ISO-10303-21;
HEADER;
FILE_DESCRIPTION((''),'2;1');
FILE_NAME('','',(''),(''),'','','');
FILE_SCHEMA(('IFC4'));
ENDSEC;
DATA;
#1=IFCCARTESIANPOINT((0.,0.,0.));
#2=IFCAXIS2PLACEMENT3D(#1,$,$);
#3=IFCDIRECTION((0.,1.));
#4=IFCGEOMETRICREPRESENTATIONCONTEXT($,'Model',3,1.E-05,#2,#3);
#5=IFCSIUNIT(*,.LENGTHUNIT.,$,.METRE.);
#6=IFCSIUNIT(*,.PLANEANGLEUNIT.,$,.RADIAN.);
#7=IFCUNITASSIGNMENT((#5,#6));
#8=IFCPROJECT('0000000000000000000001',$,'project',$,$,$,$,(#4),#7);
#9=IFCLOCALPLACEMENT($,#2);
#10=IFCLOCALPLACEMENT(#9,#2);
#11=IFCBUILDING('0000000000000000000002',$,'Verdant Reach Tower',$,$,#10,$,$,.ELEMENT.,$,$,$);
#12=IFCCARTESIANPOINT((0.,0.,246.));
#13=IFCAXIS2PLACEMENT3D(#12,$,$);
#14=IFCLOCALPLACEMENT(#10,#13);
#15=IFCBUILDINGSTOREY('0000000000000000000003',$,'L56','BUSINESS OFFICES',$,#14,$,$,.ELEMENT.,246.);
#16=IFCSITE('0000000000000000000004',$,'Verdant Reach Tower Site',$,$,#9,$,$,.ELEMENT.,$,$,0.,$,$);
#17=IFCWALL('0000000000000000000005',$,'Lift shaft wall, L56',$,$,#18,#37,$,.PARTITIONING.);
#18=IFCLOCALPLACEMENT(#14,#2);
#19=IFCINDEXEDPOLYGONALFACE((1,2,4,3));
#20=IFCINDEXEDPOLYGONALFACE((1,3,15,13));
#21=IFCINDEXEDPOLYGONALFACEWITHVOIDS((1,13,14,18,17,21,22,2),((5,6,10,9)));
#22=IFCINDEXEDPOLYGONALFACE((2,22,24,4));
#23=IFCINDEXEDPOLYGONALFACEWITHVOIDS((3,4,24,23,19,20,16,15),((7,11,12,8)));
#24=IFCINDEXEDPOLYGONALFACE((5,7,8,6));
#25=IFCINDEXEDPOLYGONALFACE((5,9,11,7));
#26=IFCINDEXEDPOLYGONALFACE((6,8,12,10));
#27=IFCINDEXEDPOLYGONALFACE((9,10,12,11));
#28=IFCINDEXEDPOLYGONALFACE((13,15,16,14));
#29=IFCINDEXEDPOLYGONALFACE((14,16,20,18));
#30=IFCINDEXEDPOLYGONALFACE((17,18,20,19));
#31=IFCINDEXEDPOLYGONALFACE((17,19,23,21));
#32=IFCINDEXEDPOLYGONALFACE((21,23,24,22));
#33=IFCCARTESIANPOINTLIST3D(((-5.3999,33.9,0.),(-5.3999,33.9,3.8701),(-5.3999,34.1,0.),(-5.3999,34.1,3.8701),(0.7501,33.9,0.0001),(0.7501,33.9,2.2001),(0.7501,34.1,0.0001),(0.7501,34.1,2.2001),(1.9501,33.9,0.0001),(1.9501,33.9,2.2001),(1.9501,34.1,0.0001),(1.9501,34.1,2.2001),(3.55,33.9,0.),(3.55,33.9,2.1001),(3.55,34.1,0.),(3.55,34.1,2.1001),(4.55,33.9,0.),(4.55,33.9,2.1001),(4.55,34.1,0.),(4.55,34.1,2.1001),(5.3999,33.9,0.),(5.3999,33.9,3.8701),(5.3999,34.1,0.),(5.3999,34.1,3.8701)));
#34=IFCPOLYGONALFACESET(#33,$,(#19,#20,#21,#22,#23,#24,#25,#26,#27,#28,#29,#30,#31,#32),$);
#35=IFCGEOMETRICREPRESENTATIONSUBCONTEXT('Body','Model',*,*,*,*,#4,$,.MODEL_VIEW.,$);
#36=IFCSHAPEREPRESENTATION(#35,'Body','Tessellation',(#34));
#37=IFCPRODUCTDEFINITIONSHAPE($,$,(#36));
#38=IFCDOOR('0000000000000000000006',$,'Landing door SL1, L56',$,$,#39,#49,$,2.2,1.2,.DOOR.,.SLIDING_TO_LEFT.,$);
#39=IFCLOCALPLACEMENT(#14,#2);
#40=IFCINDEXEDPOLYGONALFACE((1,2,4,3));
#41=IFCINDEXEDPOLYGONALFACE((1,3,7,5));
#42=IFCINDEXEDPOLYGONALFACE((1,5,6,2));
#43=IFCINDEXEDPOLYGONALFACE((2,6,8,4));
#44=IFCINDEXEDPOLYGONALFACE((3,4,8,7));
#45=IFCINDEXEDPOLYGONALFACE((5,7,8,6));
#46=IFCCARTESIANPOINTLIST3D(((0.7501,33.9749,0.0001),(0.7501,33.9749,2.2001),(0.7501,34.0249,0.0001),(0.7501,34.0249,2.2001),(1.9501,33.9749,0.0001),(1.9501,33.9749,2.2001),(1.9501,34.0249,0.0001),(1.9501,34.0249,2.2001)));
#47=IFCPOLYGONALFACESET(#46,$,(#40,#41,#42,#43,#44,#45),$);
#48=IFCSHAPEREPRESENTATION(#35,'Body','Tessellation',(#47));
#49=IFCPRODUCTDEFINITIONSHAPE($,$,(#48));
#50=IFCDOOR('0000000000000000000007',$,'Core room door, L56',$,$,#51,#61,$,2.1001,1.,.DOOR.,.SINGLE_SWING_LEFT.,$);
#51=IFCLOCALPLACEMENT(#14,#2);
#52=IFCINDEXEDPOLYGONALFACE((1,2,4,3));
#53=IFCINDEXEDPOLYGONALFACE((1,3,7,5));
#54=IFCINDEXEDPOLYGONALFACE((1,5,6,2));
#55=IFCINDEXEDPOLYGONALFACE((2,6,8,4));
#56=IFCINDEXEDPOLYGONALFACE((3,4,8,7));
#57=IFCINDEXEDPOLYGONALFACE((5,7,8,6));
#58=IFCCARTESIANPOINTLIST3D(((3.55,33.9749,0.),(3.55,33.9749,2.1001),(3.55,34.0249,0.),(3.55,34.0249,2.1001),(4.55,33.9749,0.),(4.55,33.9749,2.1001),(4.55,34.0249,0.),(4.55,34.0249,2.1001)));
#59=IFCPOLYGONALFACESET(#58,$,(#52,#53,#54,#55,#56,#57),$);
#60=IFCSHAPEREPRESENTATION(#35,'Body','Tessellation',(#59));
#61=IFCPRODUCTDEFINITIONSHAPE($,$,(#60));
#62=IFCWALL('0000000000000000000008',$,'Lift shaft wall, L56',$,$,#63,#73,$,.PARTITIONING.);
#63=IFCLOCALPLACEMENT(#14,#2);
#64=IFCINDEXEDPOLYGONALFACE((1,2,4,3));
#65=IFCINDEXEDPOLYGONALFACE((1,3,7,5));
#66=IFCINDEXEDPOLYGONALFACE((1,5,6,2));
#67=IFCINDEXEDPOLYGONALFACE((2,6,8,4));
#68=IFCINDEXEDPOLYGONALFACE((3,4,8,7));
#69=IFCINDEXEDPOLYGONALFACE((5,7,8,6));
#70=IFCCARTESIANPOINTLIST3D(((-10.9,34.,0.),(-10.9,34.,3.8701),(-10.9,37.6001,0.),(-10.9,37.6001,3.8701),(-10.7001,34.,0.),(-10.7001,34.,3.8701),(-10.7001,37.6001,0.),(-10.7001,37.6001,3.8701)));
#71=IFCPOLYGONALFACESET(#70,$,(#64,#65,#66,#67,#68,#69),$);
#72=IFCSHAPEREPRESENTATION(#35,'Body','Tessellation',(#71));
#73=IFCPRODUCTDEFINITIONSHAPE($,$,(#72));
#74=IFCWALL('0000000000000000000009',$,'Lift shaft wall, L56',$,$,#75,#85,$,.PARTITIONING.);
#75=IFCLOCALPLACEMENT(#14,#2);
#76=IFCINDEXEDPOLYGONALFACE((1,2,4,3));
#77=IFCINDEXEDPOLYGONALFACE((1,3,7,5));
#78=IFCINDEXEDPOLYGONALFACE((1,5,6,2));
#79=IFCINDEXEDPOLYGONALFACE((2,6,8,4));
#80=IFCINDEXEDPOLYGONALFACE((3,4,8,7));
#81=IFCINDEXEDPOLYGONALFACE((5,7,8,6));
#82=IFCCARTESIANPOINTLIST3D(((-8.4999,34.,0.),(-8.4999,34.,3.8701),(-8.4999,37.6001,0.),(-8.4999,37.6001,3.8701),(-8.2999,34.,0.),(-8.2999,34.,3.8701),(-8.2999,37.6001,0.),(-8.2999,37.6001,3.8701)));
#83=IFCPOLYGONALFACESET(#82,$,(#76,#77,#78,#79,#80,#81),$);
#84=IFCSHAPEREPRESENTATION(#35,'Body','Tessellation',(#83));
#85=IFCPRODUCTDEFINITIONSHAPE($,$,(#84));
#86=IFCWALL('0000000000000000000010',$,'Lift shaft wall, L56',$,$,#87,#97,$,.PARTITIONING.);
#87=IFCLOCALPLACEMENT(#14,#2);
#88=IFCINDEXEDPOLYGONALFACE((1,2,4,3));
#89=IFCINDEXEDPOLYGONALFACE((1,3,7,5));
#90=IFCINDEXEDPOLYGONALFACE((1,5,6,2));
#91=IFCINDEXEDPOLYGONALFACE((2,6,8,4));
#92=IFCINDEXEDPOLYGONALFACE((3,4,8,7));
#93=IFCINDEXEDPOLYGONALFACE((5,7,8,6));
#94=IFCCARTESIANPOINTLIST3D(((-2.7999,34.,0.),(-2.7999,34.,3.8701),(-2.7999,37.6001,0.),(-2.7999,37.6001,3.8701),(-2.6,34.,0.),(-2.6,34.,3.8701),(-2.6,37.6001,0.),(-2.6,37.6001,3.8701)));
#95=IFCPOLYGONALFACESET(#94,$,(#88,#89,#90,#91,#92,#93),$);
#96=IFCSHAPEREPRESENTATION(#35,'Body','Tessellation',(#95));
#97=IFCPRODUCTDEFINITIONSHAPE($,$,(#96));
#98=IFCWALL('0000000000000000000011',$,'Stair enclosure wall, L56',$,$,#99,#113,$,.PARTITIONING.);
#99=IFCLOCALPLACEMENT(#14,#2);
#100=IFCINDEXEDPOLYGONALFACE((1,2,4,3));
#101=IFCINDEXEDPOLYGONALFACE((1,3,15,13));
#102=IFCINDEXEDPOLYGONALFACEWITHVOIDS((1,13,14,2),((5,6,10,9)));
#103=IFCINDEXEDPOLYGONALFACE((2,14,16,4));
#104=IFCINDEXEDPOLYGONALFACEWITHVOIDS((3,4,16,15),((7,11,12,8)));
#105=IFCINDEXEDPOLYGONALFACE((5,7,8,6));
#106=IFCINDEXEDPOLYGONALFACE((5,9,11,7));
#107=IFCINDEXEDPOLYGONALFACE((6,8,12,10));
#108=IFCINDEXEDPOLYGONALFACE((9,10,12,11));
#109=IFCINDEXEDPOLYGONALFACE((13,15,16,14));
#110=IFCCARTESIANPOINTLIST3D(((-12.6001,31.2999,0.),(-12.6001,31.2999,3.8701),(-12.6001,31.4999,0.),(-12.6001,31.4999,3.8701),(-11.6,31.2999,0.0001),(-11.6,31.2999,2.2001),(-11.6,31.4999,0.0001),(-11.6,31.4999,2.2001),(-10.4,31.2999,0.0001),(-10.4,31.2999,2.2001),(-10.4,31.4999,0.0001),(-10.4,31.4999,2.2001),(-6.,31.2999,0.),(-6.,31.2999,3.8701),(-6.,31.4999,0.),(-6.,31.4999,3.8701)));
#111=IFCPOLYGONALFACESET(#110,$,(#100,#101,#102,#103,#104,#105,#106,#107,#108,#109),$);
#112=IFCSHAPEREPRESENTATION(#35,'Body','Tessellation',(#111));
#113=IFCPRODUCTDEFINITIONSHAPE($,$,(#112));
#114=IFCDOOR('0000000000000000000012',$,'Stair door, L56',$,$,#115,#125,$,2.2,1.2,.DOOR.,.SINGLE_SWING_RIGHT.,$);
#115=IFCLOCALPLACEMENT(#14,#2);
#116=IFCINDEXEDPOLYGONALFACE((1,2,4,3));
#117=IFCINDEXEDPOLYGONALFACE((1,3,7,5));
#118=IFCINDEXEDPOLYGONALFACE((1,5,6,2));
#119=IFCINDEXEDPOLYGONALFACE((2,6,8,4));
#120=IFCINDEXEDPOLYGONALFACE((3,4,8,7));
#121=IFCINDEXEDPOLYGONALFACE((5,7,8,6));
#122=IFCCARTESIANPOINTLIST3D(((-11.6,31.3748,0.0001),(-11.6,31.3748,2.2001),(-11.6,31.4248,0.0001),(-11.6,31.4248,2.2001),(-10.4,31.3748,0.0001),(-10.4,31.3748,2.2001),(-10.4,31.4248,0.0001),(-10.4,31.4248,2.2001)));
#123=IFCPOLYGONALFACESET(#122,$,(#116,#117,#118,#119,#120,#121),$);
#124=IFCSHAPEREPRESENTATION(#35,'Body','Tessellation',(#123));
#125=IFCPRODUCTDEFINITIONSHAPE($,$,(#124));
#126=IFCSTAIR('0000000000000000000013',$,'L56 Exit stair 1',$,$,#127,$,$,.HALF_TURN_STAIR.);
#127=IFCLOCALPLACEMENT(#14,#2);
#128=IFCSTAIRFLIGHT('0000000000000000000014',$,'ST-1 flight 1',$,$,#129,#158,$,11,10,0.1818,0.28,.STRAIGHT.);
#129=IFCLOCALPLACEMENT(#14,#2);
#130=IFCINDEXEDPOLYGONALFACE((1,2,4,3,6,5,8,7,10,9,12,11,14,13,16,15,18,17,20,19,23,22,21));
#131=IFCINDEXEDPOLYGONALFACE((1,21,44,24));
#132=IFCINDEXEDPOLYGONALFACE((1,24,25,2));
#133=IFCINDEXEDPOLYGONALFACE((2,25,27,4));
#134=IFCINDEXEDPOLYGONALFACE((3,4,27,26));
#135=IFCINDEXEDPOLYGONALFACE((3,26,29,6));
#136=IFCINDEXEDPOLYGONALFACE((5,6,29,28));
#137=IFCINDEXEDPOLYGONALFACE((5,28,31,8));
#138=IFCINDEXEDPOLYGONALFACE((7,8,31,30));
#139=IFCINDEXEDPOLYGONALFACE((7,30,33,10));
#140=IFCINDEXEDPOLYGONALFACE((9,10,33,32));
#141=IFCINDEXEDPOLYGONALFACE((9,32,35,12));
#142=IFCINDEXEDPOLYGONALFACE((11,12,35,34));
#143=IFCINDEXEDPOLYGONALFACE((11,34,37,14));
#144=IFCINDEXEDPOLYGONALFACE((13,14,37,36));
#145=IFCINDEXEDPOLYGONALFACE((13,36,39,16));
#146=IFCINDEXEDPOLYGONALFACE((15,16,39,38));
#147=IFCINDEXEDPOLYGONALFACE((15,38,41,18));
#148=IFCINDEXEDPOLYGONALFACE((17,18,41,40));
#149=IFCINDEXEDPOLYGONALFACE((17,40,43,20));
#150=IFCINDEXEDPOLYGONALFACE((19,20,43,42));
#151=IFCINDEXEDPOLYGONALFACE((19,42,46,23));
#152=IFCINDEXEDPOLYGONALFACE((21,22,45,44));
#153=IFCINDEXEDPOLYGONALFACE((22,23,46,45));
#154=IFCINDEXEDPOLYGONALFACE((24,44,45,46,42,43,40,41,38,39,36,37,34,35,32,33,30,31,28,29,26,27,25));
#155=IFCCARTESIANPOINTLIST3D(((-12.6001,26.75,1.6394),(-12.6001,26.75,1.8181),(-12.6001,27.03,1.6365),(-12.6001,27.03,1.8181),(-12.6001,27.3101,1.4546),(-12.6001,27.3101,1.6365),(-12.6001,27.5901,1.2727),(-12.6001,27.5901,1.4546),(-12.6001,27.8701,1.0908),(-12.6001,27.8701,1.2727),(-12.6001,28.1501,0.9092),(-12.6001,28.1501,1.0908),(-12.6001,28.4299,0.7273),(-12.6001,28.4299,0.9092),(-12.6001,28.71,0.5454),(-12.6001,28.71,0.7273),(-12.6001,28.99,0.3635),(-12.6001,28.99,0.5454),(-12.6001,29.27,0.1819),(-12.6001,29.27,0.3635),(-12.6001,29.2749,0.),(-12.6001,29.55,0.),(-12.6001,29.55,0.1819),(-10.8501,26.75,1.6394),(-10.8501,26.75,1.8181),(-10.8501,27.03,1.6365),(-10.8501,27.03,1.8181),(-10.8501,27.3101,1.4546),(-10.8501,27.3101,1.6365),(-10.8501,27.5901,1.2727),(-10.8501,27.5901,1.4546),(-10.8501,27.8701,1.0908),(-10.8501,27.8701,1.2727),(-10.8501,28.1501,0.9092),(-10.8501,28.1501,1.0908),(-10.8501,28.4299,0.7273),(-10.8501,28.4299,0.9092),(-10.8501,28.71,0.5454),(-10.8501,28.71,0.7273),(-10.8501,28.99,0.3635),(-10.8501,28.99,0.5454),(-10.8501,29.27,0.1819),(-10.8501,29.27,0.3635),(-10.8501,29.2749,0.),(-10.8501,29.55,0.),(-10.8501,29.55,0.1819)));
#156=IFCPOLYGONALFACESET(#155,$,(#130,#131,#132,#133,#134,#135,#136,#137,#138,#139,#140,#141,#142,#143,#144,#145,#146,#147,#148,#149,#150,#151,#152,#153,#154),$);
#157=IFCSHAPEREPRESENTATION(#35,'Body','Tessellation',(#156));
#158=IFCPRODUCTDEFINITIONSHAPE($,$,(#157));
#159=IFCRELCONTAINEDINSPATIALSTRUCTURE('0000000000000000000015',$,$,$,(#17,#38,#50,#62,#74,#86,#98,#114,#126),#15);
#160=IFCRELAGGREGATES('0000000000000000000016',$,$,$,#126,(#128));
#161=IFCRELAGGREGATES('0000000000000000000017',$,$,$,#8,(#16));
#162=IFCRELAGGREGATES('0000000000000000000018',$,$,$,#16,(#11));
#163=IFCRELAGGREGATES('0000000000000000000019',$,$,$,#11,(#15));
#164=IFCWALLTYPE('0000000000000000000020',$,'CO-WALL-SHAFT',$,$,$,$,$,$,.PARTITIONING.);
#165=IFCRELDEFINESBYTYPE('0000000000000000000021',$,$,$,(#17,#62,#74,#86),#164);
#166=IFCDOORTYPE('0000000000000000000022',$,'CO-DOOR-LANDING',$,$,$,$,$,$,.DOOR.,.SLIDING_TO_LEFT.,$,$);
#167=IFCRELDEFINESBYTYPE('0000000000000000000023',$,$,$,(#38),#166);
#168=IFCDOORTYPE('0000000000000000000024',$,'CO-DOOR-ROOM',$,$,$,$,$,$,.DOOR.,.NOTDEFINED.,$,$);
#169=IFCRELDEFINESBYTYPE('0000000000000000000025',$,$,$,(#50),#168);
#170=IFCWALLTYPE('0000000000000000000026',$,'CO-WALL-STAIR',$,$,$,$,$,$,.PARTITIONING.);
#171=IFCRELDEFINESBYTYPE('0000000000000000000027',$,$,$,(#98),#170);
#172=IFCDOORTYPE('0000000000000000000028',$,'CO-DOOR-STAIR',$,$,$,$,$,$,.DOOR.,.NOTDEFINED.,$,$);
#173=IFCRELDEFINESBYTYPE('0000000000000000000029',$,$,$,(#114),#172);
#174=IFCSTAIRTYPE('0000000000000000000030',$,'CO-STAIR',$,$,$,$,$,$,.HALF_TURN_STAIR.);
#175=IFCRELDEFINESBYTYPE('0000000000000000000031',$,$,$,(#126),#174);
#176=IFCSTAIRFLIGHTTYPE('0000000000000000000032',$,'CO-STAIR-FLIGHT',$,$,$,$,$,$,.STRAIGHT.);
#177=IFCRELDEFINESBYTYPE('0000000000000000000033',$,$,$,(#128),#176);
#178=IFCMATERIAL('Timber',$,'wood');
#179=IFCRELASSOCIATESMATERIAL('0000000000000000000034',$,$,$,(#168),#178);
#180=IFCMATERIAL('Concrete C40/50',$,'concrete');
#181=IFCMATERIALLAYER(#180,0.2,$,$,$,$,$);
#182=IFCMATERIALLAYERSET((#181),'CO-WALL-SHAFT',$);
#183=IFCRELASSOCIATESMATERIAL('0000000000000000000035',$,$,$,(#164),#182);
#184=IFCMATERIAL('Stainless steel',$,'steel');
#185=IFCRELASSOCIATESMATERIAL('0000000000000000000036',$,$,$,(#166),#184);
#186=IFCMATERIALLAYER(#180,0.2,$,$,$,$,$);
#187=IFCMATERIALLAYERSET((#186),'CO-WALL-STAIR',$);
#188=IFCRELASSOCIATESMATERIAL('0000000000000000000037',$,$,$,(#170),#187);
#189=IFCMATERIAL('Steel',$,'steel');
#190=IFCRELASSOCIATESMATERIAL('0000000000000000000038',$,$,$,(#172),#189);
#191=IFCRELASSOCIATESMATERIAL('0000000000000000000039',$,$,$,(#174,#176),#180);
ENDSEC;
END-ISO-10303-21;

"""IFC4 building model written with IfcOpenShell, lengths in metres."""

from ifc_helpers import new_model, si_unit, direction, frame, frame_2d, origin, place, context, subcontext, project, spatial, polyline, rectangle, outline, extrude, material, layer, layer_set, type_object, element, fill, aggregate, save


model = new_model("IFC4")

# Units and contexts
model_context = context("Model", 3, precision=1e-05, world=origin(), true_north=direction((0.0, 1.0)))
body_context = subcontext(model_context, "Body", "Model", "MODEL_VIEW")
ifc_project = project(units=[si_unit("LENGTHUNIT", "METRE"), si_unit("PLANEANGLEUNIT", "RADIAN")], contexts=[model_context])

# Site, building, storey
site_placement = place(None, origin())
site = spatial("IfcSite", under=ifc_project, at=site_placement, Name="Verdant Reach Tower Site", CompositionType="ELEMENT", RefElevation=0.0)
building_placement = place(site_placement, origin())
building = spatial("IfcBuilding", under=site, at=building_placement, Name="Verdant Reach Tower", CompositionType="ELEMENT")
storey_placement = place(building_placement, frame((0.0, 0.0, 246.0)))
storey = spatial("IfcBuildingStorey", under=building, at=storey_placement, Name="L56", Description="BUSINESS OFFICES", CompositionType="ELEMENT", Elevation=246.0)

# Wall, openings, doors
ifc_material_1 = material(Name="Timber", Category="wood")
door_type_1 = type_object("IfcDoorType", Name="CO-DOOR-ROOM", OperationType="NOTDEFINED", PredefinedType="DOOR", material=ifc_material_1)
ifc_material_2 = material(Name="Concrete C40/50", Category="concrete")
ifc_layer_1 = layer(ifc_material_2, 0.2)
ifc_layer_set_1 = layer_set([ifc_layer_1], Name="CO-WALL-SHAFT")
wall_type_1 = type_object("IfcWallType", Name="CO-WALL-SHAFT", PredefinedType="PARTITIONING", material=ifc_layer_set_1)
ifc_material_3 = material(Name="Stainless steel", Category="steel")
ifc_material_4 = material(Name="Steel", Category="steel")
wall_1_placement = place(storey_placement, frame((-5.3999, 34.0, 0.0), z_axis=(0.0, 0.0, 1.0), x_axis=(1.0, 0.0, 0.0)))
wall_1 = element("IfcWall", 1, at=wall_1_placement, inside=storey, type_object=wall_type_1, Name="Lift shaft wall, L56", PredefinedType="PARTITIONING", context=body_context, shape_type="SweptSolid", body=[
    extrude(rectangle(XDim=10.7998, YDim=0.2, at=frame_2d((5.3999, 0.0))), origin(), (0.0, 0.0, 1.0), 3.8701),
])
opening_1_placement = place(wall_1_placement, frame((6.1499, 0.0, 0.0)))
opening_1 = element("IfcOpeningElement", 2, at=opening_1_placement, cuts=wall_1, PredefinedType="OPENING", context=body_context, shape_type="SweptSolid", body=[
    extrude(rectangle(XDim=1.2, YDim=2.2, at=frame_2d((0.6001, 1.1001))), frame((0.0, 0.1099, 0.0), z_axis=(0.0, -1.0, 0.0), x_axis=(1.0, 0.0, 0.0)), (0.0, 0.0, 1.0), 0.22),
])
opening_2_placement = place(wall_1_placement, frame((8.95, 0.0, 0.0)))
opening_2 = element("IfcOpeningElement", 3, at=opening_2_placement, cuts=wall_1, PredefinedType="OPENING", context=body_context, shape_type="SweptSolid", body=[
    extrude(rectangle(XDim=1.0, YDim=2.1001, at=frame_2d((0.5, 1.05))), frame((0.0, 0.1099, 0.0), z_axis=(0.0, -1.0, 0.0), x_axis=(1.0, 0.0, 0.0)), (0.0, 0.0, 1.0), 0.22),
])
door_type_2 = type_object("IfcDoorType", Name="CO-DOOR-LANDING", OperationType="SLIDING_TO_LEFT", PredefinedType="DOOR", material=ifc_material_3)
door_1_placement = place(opening_1_placement, origin())
door_1 = element("IfcDoor", 4, at=door_1_placement, inside=storey, type_object=door_type_2, Name="Landing door SL1, L56", OperationType="SLIDING_TO_LEFT", OverallHeight=2.2, OverallWidth=1.2, PredefinedType="DOOR", context=body_context, shape_type="SweptSolid", body=[
    extrude(rectangle(XDim=1.2, YDim=2.2, at=frame_2d((0.6001, 1.1001))), frame((0.0, 0.0249, 0.0), z_axis=(0.0, -1.0, 0.0), x_axis=(1.0, 0.0, 0.0)), (0.0, 0.0, 1.0), 0.05),
])
fill(opening_1, door_1)
door_2_placement = place(opening_2_placement, origin())
door_2 = element("IfcDoor", 5, at=door_2_placement, inside=storey, type_object=door_type_1, Name="Core room door, L56", OperationType="SINGLE_SWING_LEFT", OverallHeight=2.1001, OverallWidth=1.0, PredefinedType="DOOR", context=body_context, shape_type="SweptSolid", body=[
    extrude(rectangle(XDim=1.0, YDim=2.1001, at=frame_2d((0.5, 1.05))), frame((0.0, 0.0249, 0.0), z_axis=(0.0, -1.0, 0.0), x_axis=(1.0, 0.0, 0.0)), (0.0, 0.0, 1.0), 0.05),
])
fill(opening_2, door_2)

# Walls
for number, where, z_axis, x_axis, name in (
    (6, (-10.8, 34.0, 0.0), (0.0, 0.0, 1.0), (0.0, 1.0, 0.0), "Lift shaft wall, L56"),
    (7, (-8.3999, 34.0, 0.0), (0.0, 0.0, 1.0), (0.0, 1.0, 0.0), "Lift shaft wall, L56"),
    (8, (-2.7, 34.0, 0.0), (0.0, 0.0, 1.0), (0.0, 1.0, 0.0), "Lift shaft wall, L56"),
):
    element("IfcWall", number, at=place(storey_placement, frame(where, z_axis=z_axis, x_axis=x_axis)), inside=storey, type_object=wall_type_1, Name=name, PredefinedType="PARTITIONING", context=body_context, shape_type="SweptSolid", body=[
        extrude(rectangle(XDim=3.6001, YDim=0.2, at=frame_2d((1.8, 0.0))), origin(), (0.0, 0.0, 1.0), 3.8701),
    ])

# Wall, opening, door
ifc_layer_2 = layer(ifc_material_2, 0.2)
ifc_layer_set_2 = layer_set([ifc_layer_2], Name="CO-WALL-STAIR")
wall_type_2 = type_object("IfcWallType", Name="CO-WALL-STAIR", PredefinedType="PARTITIONING", material=ifc_layer_set_2)
wall_2_placement = place(storey_placement, frame((-12.6001, 31.3999, 0.0), z_axis=(0.0, 0.0, 1.0), x_axis=(1.0, 0.0, 0.0)))
wall_2 = element("IfcWall", 9, at=wall_2_placement, inside=storey, type_object=wall_type_2, Name="Stair enclosure wall, L56", PredefinedType="PARTITIONING", context=body_context, shape_type="SweptSolid", body=[
    extrude(rectangle(XDim=6.6001, YDim=0.2, at=frame_2d((3.3, 0.0))), origin(), (0.0, 0.0, 1.0), 3.8701),
])
opening_3_placement = place(wall_2_placement, frame((1.0, 0.0, 0.0)))
opening_3 = element("IfcOpeningElement", 10, at=opening_3_placement, cuts=wall_2, PredefinedType="OPENING", context=body_context, shape_type="SweptSolid", body=[
    extrude(rectangle(XDim=1.2, YDim=2.2, at=frame_2d((0.6001, 1.1001))), frame((0.0, 0.1099, 0.0), z_axis=(0.0, -1.0, 0.0), x_axis=(1.0, 0.0, 0.0)), (0.0, 0.0, 1.0), 0.22),
])
door_type_3 = type_object("IfcDoorType", Name="CO-DOOR-STAIR", OperationType="NOTDEFINED", PredefinedType="DOOR", material=ifc_material_4)
door_3_placement = place(opening_3_placement, origin())
door_3 = element("IfcDoor", 11, at=door_3_placement, inside=storey, type_object=door_type_3, Name="Stair door, L56", OperationType="SINGLE_SWING_RIGHT", OverallHeight=2.2, OverallWidth=1.2, PredefinedType="DOOR", context=body_context, shape_type="SweptSolid", body=[
    extrude(rectangle(XDim=1.2, YDim=2.2, at=frame_2d((0.6001, 1.1001))), frame((0.0, 0.0249, 0.0), z_axis=(0.0, -1.0, 0.0), x_axis=(1.0, 0.0, 0.0)), (0.0, 0.0, 1.0), 0.05),
])
fill(opening_3, door_3)

# Stair, stair flight
stair_type = type_object("IfcStairType", Name="CO-STAIR", PredefinedType="HALF_TURN_STAIR", material=ifc_material_2)
stair_placement = place(storey_placement, origin())
stair = element("IfcStair", 12, at=stair_placement, inside=storey, type_object=stair_type, Name="L56 Exit stair 1", PredefinedType="HALF_TURN_STAIR")
stair_flight_type = type_object("IfcStairFlightType", Name="CO-STAIR-FLIGHT", PredefinedType="STRAIGHT", material=ifc_material_2)
stair_flight_placement = place(storey_placement, frame((-11.7251, 29.55, 0.0), z_axis=(0.0, 0.0, 1.0), x_axis=(0.0, -1.0, 0.0)))
stair_flight = element("IfcStairFlight", 13, at=stair_flight_placement, type_object=stair_flight_type, Name="ST-1 flight 1", NumberOfRisers=11, NumberOfTreads=10, PredefinedType="STRAIGHT", RiserHeight=0.1818, TreadLength=0.28, context=body_context, shape_type="SweptSolid", body=[
    extrude(outline(polyline([(0.0, 0.0), (0.0, 0.1819), (0.28, 0.1819), (0.28, 0.3635), (0.5601, 0.3635), (0.5601, 0.5454), (0.8401, 0.5454), (0.8401, 0.7273), (1.1201, 0.7273), (1.1201, 0.9092), (1.3999, 0.9092), (1.3999, 1.0908), (1.6799, 1.0908), (1.6799, 1.2727), (1.96, 1.2727), (1.96, 1.4546), (2.24, 1.4546), (2.24, 1.6365), (2.52, 1.6365), (2.52, 1.8181), (2.8, 1.8181), (2.8, 2.0), (2.8, 1.6394), (0.2751, 0.0), (0.0, 0.0)])), frame((0.0, 0.875, 0.0), z_axis=(0.0, -1.0, 0.0), x_axis=(1.0, 0.0, 0.0)), (0.0, 0.0, 1.0), 1.75),
])
aggregate(stair, [stair_flight])

save(model, "model.ifc")
